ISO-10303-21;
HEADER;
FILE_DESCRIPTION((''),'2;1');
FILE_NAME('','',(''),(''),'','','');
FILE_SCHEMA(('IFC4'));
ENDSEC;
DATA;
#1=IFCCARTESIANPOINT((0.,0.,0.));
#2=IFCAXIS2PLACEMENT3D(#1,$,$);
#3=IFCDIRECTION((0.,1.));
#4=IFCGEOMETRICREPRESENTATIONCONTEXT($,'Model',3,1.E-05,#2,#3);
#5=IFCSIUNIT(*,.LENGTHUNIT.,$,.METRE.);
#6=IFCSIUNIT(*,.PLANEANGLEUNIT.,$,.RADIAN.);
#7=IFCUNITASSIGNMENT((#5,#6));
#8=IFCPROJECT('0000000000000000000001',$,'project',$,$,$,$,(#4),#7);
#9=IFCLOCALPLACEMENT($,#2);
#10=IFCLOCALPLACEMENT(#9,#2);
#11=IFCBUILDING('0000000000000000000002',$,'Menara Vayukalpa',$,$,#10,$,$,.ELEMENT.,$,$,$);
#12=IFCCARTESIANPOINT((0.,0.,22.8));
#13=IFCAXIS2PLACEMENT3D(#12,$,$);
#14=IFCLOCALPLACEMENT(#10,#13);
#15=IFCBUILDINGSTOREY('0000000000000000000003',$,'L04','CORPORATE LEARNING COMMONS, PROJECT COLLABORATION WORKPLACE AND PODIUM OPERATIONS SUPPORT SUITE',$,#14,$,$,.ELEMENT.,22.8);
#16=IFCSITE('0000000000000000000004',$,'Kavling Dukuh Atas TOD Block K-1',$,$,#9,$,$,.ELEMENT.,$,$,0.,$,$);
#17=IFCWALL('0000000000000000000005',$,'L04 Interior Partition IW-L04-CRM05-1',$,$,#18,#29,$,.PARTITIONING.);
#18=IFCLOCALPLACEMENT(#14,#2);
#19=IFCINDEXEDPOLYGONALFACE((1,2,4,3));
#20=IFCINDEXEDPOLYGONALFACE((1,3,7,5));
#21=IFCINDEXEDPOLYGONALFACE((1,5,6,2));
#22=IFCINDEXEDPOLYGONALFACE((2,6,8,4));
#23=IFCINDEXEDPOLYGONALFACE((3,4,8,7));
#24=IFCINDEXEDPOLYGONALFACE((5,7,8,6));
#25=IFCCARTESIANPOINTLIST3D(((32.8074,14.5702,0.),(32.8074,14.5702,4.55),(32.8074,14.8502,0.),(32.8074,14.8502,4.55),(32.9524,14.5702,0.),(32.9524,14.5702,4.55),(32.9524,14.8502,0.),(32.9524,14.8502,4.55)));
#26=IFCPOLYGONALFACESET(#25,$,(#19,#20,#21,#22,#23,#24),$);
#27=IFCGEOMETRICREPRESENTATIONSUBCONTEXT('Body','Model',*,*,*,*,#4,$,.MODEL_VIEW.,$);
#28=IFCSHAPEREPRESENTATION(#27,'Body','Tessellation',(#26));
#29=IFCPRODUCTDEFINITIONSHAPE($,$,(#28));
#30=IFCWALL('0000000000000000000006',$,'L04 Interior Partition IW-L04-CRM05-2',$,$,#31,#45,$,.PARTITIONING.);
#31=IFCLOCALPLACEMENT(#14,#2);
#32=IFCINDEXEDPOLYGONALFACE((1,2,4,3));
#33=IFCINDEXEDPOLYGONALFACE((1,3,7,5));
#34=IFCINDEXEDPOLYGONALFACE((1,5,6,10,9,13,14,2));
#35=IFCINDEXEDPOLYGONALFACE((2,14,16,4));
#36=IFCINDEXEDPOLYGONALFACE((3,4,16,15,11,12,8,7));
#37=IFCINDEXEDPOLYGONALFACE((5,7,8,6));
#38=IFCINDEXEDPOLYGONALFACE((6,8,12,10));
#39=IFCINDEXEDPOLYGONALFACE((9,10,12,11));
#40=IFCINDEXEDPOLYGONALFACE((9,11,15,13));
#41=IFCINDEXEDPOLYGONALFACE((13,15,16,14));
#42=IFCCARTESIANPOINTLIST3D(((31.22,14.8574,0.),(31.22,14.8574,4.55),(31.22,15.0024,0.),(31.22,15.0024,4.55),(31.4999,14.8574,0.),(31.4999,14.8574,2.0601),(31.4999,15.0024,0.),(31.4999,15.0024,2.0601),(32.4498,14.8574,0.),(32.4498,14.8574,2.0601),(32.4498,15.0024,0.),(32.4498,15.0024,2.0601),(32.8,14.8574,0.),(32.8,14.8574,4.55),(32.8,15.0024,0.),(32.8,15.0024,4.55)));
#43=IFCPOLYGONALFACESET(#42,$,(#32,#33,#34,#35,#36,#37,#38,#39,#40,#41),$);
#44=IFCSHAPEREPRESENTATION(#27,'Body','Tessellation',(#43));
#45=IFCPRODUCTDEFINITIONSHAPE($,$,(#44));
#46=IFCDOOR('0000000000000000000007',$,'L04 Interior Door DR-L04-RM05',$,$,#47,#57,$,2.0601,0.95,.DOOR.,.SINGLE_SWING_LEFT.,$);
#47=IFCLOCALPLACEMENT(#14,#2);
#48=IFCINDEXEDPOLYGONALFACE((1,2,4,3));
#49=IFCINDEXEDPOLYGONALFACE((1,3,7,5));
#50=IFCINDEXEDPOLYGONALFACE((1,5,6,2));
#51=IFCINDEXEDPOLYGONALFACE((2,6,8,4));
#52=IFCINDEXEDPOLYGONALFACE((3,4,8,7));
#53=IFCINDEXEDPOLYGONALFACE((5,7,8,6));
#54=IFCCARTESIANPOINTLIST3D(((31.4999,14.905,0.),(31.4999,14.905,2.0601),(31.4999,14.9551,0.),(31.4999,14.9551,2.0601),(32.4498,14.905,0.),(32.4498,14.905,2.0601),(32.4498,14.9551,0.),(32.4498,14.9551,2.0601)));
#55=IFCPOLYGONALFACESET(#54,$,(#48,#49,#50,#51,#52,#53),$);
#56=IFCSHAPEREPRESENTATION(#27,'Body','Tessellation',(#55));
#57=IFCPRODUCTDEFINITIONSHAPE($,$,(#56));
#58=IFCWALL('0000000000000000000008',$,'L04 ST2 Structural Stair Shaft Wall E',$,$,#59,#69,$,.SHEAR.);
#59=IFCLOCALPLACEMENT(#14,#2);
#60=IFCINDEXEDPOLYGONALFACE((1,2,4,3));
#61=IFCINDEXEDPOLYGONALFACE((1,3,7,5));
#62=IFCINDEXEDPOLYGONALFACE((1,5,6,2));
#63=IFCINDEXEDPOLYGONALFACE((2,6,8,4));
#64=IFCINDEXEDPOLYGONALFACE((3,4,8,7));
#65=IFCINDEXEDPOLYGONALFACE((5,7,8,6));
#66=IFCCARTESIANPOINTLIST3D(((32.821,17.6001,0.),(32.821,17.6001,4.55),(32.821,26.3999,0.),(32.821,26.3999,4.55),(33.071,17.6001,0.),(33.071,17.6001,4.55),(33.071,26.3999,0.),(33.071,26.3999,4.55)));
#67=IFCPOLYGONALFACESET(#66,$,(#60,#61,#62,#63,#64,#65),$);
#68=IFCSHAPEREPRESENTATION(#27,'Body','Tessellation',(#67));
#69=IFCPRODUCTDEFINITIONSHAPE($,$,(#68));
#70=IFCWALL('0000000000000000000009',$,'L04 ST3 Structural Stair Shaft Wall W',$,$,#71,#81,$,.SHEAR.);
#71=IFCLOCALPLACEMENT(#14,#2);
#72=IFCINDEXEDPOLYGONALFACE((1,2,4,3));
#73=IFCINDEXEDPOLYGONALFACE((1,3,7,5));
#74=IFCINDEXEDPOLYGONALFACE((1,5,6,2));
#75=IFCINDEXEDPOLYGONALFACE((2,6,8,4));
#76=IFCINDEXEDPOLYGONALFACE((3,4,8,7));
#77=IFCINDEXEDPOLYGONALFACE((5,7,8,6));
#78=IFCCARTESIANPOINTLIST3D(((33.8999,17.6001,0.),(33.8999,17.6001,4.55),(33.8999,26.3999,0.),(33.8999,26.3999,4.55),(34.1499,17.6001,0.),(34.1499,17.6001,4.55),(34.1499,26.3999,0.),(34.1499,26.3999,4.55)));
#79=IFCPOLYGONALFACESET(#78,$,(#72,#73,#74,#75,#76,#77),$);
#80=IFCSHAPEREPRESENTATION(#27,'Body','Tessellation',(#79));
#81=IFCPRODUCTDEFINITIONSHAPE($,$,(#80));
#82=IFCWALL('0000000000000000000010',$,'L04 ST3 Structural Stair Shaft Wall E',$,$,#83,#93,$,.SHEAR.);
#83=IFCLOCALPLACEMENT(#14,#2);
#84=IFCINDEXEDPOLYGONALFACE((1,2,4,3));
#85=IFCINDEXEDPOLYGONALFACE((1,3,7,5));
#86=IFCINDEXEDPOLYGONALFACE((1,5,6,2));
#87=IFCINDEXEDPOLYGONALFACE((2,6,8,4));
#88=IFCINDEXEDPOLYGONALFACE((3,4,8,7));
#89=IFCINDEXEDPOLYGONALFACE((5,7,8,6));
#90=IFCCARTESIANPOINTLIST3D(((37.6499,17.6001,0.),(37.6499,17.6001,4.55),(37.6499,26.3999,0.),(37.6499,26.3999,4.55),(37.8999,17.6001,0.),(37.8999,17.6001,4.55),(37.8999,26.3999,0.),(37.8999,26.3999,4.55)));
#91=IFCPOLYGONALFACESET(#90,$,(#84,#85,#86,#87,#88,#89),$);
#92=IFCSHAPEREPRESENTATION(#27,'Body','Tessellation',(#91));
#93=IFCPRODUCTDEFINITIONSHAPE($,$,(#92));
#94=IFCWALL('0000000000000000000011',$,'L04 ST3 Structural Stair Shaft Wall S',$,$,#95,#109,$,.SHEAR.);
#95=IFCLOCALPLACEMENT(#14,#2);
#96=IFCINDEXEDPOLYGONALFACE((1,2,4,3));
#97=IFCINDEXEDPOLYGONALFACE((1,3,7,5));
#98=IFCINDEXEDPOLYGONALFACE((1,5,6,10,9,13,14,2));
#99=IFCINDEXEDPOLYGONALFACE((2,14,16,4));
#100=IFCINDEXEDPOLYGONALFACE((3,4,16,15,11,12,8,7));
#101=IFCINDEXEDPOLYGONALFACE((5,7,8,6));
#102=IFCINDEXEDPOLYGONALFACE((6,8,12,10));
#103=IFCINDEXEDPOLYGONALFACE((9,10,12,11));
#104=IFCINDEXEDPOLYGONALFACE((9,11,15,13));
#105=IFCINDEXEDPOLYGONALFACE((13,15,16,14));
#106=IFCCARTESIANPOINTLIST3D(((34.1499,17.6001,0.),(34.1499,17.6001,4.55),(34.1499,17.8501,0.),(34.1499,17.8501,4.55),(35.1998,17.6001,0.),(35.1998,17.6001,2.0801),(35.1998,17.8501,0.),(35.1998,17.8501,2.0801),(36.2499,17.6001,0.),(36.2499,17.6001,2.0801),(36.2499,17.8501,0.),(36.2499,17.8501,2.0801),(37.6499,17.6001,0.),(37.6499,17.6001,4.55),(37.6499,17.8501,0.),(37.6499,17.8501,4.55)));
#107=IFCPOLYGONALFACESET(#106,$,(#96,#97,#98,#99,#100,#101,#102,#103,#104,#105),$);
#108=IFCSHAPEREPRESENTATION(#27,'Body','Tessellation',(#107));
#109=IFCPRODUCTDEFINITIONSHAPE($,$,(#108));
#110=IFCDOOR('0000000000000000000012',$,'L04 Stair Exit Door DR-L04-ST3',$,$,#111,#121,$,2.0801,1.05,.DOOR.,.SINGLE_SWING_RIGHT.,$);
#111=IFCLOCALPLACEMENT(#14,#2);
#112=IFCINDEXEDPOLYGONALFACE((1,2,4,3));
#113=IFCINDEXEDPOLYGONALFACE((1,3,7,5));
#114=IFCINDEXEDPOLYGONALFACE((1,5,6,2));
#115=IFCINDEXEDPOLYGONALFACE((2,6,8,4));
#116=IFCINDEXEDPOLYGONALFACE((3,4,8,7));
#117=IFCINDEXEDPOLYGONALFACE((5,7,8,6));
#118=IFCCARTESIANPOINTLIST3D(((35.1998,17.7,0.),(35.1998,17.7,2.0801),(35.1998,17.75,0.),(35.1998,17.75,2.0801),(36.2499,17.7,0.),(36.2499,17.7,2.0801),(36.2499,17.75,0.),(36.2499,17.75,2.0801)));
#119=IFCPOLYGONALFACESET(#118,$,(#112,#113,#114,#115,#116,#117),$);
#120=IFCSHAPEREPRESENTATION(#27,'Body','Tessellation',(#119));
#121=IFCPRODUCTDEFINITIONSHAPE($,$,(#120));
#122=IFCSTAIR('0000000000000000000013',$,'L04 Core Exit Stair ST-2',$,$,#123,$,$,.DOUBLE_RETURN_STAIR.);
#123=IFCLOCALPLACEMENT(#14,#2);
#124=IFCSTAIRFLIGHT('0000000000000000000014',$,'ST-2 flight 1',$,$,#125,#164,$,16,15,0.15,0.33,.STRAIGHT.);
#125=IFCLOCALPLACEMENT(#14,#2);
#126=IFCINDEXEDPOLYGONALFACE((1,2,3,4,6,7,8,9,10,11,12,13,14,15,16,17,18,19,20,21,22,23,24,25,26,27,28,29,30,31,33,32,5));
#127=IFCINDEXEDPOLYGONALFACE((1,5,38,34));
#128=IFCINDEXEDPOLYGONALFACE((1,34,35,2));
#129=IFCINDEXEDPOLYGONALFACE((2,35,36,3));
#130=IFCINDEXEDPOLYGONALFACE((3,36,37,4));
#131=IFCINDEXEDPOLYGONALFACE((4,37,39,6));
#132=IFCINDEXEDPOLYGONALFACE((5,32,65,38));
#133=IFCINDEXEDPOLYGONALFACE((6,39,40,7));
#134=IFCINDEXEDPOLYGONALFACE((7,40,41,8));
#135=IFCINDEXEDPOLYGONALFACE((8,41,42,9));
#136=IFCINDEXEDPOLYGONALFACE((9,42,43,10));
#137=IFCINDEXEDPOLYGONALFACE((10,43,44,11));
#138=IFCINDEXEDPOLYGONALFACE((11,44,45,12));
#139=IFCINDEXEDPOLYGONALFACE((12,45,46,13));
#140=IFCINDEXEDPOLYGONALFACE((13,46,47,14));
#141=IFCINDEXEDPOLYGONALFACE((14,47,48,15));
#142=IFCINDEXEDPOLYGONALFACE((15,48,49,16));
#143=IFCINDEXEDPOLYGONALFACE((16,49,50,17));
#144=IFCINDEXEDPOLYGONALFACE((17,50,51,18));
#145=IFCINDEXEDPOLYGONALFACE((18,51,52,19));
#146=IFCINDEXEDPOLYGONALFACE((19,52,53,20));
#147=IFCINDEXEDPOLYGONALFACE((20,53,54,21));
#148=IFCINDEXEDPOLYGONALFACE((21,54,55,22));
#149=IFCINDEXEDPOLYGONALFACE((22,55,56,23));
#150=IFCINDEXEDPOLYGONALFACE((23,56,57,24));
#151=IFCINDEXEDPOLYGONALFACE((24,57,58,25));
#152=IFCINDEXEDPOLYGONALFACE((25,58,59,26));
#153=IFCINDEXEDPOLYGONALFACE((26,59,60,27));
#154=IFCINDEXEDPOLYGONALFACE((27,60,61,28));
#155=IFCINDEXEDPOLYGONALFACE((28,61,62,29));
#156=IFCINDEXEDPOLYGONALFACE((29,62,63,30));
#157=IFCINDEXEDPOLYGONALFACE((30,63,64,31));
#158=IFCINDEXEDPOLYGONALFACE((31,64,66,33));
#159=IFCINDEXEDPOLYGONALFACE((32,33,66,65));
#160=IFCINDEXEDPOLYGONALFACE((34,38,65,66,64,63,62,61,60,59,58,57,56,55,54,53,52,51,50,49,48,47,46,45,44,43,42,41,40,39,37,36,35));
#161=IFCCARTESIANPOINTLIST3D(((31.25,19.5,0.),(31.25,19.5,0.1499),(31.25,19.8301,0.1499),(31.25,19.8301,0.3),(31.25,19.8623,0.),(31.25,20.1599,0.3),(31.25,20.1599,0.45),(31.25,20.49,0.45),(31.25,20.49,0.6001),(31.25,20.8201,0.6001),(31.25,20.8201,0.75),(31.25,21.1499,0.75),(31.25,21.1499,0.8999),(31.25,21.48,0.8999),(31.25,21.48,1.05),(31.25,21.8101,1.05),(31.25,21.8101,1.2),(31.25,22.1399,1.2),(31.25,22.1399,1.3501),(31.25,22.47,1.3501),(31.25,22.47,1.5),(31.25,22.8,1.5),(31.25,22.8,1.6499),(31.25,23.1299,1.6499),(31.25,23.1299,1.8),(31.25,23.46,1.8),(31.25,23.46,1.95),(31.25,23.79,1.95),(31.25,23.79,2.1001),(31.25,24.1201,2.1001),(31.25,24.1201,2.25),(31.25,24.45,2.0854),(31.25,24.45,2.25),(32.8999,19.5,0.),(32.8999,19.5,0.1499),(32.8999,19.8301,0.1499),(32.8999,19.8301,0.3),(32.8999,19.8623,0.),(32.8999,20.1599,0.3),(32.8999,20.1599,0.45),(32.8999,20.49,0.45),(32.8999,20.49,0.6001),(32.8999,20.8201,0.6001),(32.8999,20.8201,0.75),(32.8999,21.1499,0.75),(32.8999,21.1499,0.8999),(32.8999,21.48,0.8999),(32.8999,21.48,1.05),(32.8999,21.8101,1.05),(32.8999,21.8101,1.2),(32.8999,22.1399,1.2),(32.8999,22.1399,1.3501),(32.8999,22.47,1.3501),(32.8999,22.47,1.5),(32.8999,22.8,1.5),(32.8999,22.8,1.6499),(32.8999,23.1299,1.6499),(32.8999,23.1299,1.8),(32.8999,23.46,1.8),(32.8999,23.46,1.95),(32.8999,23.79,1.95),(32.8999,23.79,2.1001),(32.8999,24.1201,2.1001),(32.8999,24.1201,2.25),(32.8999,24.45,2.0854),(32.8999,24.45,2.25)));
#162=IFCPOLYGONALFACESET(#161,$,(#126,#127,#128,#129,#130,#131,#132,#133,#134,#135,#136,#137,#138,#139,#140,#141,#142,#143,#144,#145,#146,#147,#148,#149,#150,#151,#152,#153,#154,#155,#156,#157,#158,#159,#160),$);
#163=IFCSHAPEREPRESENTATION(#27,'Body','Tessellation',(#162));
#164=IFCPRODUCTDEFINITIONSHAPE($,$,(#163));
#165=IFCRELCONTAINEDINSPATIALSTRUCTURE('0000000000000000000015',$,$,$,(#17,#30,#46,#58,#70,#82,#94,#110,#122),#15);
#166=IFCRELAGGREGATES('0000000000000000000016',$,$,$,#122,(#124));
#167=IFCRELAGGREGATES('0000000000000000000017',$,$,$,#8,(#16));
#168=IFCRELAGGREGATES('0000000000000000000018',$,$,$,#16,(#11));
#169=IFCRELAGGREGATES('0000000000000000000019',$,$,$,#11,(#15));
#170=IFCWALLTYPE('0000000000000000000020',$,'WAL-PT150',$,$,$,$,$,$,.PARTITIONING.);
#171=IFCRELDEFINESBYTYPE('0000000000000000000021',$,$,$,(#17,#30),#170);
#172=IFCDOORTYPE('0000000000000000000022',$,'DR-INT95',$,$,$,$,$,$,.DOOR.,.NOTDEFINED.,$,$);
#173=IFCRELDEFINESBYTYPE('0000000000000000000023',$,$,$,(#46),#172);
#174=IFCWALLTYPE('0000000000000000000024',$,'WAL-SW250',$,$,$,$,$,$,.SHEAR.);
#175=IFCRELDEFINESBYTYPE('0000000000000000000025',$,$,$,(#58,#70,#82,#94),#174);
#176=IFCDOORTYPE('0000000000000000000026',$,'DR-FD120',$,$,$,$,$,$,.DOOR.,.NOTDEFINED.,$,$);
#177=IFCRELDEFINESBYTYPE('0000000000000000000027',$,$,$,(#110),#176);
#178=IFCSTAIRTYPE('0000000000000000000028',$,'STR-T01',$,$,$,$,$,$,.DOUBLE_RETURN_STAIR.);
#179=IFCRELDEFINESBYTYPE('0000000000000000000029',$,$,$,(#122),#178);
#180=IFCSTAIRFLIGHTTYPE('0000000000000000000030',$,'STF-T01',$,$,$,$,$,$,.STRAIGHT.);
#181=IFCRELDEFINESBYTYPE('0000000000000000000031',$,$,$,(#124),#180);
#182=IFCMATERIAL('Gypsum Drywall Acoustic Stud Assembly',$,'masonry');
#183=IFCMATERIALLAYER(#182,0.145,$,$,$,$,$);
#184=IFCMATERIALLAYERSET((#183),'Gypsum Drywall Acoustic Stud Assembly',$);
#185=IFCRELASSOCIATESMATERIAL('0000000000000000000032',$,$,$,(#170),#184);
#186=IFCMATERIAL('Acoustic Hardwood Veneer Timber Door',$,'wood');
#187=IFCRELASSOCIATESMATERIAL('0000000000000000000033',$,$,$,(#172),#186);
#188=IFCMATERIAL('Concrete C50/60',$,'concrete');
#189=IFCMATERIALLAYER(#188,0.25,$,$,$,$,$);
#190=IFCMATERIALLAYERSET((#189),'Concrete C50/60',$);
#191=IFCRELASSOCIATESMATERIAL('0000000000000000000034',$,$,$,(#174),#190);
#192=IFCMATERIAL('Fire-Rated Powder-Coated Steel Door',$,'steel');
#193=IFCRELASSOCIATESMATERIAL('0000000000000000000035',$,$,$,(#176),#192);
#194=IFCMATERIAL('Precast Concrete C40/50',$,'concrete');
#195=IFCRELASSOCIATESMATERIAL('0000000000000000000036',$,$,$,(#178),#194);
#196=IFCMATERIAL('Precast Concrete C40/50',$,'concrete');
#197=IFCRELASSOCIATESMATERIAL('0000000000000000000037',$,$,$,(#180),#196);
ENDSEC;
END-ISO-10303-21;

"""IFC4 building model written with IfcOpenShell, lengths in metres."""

from ifc_helpers import new_model, si_unit, direction, frame, frame_2d, origin, place, context, subcontext, project, spatial, polyline, rectangle, outline, extrude, material, layer, layer_set, type_object, element, fill, aggregate, save


model = new_model("IFC4")

# Units and contexts
model_context = context("Model", 3, precision=1e-05, world=origin(), true_north=direction((0.0, 1.0)))
body_context = subcontext(model_context, "Body", "Model", "MODEL_VIEW")
ifc_project = project(units=[si_unit("LENGTHUNIT", "METRE"), si_unit("PLANEANGLEUNIT", "RADIAN")], contexts=[model_context])

# Site, building, storey
site_placement = place(None, origin())
site = spatial("IfcSite", under=ifc_project, at=site_placement, Name="Kavling Dukuh Atas TOD Block K-1", CompositionType="ELEMENT", RefElevation=0.0)
building_placement = place(site_placement, origin())
building = spatial("IfcBuilding", under=site, at=building_placement, Name="Menara Vayukalpa", CompositionType="ELEMENT")
storey_placement = place(building_placement, frame((0.0, 0.0, 22.8)))
storey = spatial("IfcBuildingStorey", under=building, at=storey_placement, Name="L04", Description="CORPORATE LEARNING COMMONS, PROJECT COLLABORATION WORKPLACE AND PODIUM OPERATIONS SUPPORT SUITE", CompositionType="ELEMENT", Elevation=22.8)

# Wall
ifc_material_1 = material(Name="Gypsum Drywall Acoustic Stud Assembly", Category="masonry")
ifc_layer_1 = layer(ifc_material_1, 0.145)
ifc_layer_set_1 = layer_set([ifc_layer_1], Name="Gypsum Drywall Acoustic Stud Assembly")
wall_type_1 = type_object("IfcWallType", Name="WAL-PT150", PredefinedType="PARTITIONING", material=ifc_layer_set_1)
wall_1_placement = place(storey_placement, frame((32.8799, 14.5701, 0.0), z_axis=(0.0, 0.0, 1.0), x_axis=(0.0, 1.0, 0.0)))
element("IfcWall", 1, at=wall_1_placement, inside=storey, type_object=wall_type_1, Name="L04 Interior Partition IW-L04-CRM05-1", PredefinedType="PARTITIONING", context=body_context, shape_type="SweptSolid", body=[
    extrude(rectangle(XDim=0.28, YDim=0.145, at=frame_2d((0.1401, 0.0))), origin(), (0.0, 0.0, 1.0), 4.55),
])

# Wall, opening, door
wall_2_placement = place(storey_placement, frame((32.8, 14.9299, 0.0), z_axis=(0.0, 0.0, 1.0), x_axis=(-1.0, 0.0, 0.0)))
wall_2 = element("IfcWall", 2, at=wall_2_placement, inside=storey, type_object=wall_type_1, Name="L04 Interior Partition IW-L04-CRM05-2", PredefinedType="PARTITIONING", context=body_context, shape_type="SweptSolid", body=[
    extrude(rectangle(XDim=1.5801, YDim=0.145, at=frame_2d((0.79, 0.0))), origin(), (0.0, 0.0, 1.0), 4.55),
])
opening_1_placement = place(wall_2_placement, frame((0.3501, 0.0, 0.0)))
opening_1 = element("IfcOpeningElement", 3, at=opening_1_placement, cuts=wall_2, PredefinedType="OPENING", context=body_context, shape_type="SweptSolid", body=[
    extrude(rectangle(XDim=0.95, YDim=2.0601, at=frame_2d((0.4751, 1.03))), frame((0.0, 0.0825, 0.0), z_axis=(0.0, -1.0, 0.0), x_axis=(1.0, 0.0, 0.0)), (0.0, 0.0, 1.0), 0.165),
])
ifc_material_2 = material(Name="Acoustic Hardwood Veneer Timber Door", Category="wood")
door_type_1 = type_object("IfcDoorType", Name="DR-INT95", OperationType="NOTDEFINED", PredefinedType="DOOR", material=ifc_material_2)
door_1_placement = place(opening_1_placement, origin())
door_1 = element("IfcDoor", 4, at=door_1_placement, inside=storey, type_object=door_type_1, Name="L04 Interior Door DR-L04-RM05", OperationType="SINGLE_SWING_LEFT", OverallHeight=2.0601, OverallWidth=0.95, PredefinedType="DOOR", context=body_context, shape_type="SweptSolid", body=[
    extrude(rectangle(XDim=0.95, YDim=2.0601, at=frame_2d((0.4751, 1.03))), frame((0.0, 0.0249, 0.0), z_axis=(0.0, -1.0, 0.0), x_axis=(1.0, 0.0, 0.0)), (0.0, 0.0, 1.0), 0.05),
])
fill(opening_1, door_1)

# Walls
ifc_material_3 = material(Name="Concrete C50/60", Category="concrete")
ifc_layer_2 = layer(ifc_material_3, 0.25)
ifc_layer_set_2 = layer_set([ifc_layer_2], Name="Concrete C50/60")
wall_type_2 = type_object("IfcWallType", Name="WAL-SW250", PredefinedType="SHEAR", material=ifc_layer_set_2)
for number, where, z_axis, x_axis, name in (
    (5, (32.946, 17.6001, 0.0), (0.0, 0.0, 1.0), (0.0, 1.0, 0.0), "L04 ST2 Structural Stair Shaft Wall E"),
    (6, (34.0249, 17.6001, 0.0), (0.0, 0.0, 1.0), (0.0, 1.0, 0.0), "L04 ST3 Structural Stair Shaft Wall W"),
    (7, (37.7749, 17.6001, 0.0), (0.0, 0.0, 1.0), (0.0, 1.0, 0.0), "L04 ST3 Structural Stair Shaft Wall E"),
):
    element("IfcWall", number, at=place(storey_placement, frame(where, z_axis=z_axis, x_axis=x_axis)), inside=storey, type_object=wall_type_2, Name=name, PredefinedType="SHEAR", context=body_context, shape_type="SweptSolid", body=[
        extrude(rectangle(XDim=8.7998, YDim=0.25, at=frame_2d((4.3999, 0.0))), origin(), (0.0, 0.0, 1.0), 4.55),
    ])

# Wall, opening, door
wall_3_placement = place(storey_placement, frame((34.1499, 17.7251, 0.0), z_axis=(0.0, 0.0, 1.0), x_axis=(1.0, 0.0, 0.0)))
wall_3 = element("IfcWall", 8, at=wall_3_placement, inside=storey, type_object=wall_type_2, Name="L04 ST3 Structural Stair Shaft Wall S", PredefinedType="SHEAR", context=body_context, shape_type="SweptSolid", body=[
    extrude(rectangle(XDim=3.5, YDim=0.25, at=frame_2d((1.75, 0.0))), origin(), (0.0, 0.0, 1.0), 4.55),
])
opening_2_placement = place(wall_3_placement, frame((1.05, 0.0, 0.0)))
opening_2 = element("IfcOpeningElement", 9, at=opening_2_placement, cuts=wall_3, PredefinedType="OPENING", context=body_context, shape_type="SweptSolid", body=[
    extrude(rectangle(XDim=1.05, YDim=2.0801, at=frame_2d((0.5249, 1.04))), frame((0.0, 0.135, 0.0), z_axis=(0.0, -1.0, 0.0), x_axis=(1.0, 0.0, 0.0)), (0.0, 0.0, 1.0), 0.27),
])
ifc_material_4 = material(Name="Fire-Rated Powder-Coated Steel Door", Category="steel")
door_type_2 = type_object("IfcDoorType", Name="DR-FD120", OperationType="NOTDEFINED", PredefinedType="DOOR", material=ifc_material_4)
door_2_placement = place(opening_2_placement, origin())
door_2 = element("IfcDoor", 10, at=door_2_placement, inside=storey, type_object=door_type_2, Name="L04 Stair Exit Door DR-L04-ST3", OperationType="SINGLE_SWING_RIGHT", OverallHeight=2.0801, OverallWidth=1.05, PredefinedType="DOOR", context=body_context, shape_type="SweptSolid", body=[
    extrude(rectangle(XDim=1.05, YDim=2.0801, at=frame_2d((0.5249, 1.04))), frame((0.0, 0.0249, 0.0), z_axis=(0.0, -1.0, 0.0), x_axis=(1.0, 0.0, 0.0)), (0.0, 0.0, 1.0), 0.05),
])
fill(opening_2, door_2)

# Stair, stair flight
ifc_material_5 = material(Name="Precast Concrete C40/50", Category="concrete")
stair_type = type_object("IfcStairType", Name="STR-T01", PredefinedType="DOUBLE_RETURN_STAIR", material=ifc_material_5)
stair_placement = place(storey_placement, origin())
stair = element("IfcStair", 11, at=stair_placement, inside=storey, type_object=stair_type, Name="L04 Core Exit Stair ST-2", PredefinedType="DOUBLE_RETURN_STAIR")
ifc_material_6 = material(Name="Precast Concrete C40/50", Category="concrete")
stair_flight_type = type_object("IfcStairFlightType", Name="STF-T01", PredefinedType="STRAIGHT", material=ifc_material_6)
stair_flight_placement = place(storey_placement, frame((32.075, 19.5, 0.0), z_axis=(0.0, 0.0, 1.0), x_axis=(0.0, 1.0, 0.0)))
stair_flight = element("IfcStairFlight", 12, at=stair_flight_placement, type_object=stair_flight_type, Name="ST-2 flight 1", NumberOfRisers=16, NumberOfTreads=15, PredefinedType="STRAIGHT", RiserHeight=0.15, TreadLength=0.33, context=body_context, shape_type="SweptSolid", body=[
    extrude(outline(polyline([(0.0, 0.0), (0.0, 0.1499), (0.3301, 0.1499), (0.3301, 0.3), (0.6599, 0.3), (0.6599, 0.45), (0.99, 0.45), (0.99, 0.6001), (1.3201, 0.6001), (1.3201, 0.75), (1.6499, 0.75), (1.6499, 0.8999), (1.98, 0.8999), (1.98, 1.05), (2.3101, 1.05), (2.3101, 1.2), (2.6399, 1.2), (2.6399, 1.3501), (2.97, 1.3501), (2.97, 1.5), (3.3, 1.5), (3.3, 1.6499), (3.6299, 1.6499), (3.6299, 1.8), (3.96, 1.8), (3.96, 1.95), (4.29, 1.95), (4.29, 2.1001), (4.6201, 2.1001), (4.6201, 2.25), (4.95, 2.25), (4.95, 2.3999), (4.95, 2.0854), (0.3623, 0.0), (0.0, 0.0)])), frame((0.0, 0.825, 0.0), z_axis=(0.0, -1.0, 0.0), x_axis=(1.0, 0.0, 0.0)), (0.0, 0.0, 1.0), 1.6499),
])
aggregate(stair, [stair_flight])

save(model, "model.ifc")
